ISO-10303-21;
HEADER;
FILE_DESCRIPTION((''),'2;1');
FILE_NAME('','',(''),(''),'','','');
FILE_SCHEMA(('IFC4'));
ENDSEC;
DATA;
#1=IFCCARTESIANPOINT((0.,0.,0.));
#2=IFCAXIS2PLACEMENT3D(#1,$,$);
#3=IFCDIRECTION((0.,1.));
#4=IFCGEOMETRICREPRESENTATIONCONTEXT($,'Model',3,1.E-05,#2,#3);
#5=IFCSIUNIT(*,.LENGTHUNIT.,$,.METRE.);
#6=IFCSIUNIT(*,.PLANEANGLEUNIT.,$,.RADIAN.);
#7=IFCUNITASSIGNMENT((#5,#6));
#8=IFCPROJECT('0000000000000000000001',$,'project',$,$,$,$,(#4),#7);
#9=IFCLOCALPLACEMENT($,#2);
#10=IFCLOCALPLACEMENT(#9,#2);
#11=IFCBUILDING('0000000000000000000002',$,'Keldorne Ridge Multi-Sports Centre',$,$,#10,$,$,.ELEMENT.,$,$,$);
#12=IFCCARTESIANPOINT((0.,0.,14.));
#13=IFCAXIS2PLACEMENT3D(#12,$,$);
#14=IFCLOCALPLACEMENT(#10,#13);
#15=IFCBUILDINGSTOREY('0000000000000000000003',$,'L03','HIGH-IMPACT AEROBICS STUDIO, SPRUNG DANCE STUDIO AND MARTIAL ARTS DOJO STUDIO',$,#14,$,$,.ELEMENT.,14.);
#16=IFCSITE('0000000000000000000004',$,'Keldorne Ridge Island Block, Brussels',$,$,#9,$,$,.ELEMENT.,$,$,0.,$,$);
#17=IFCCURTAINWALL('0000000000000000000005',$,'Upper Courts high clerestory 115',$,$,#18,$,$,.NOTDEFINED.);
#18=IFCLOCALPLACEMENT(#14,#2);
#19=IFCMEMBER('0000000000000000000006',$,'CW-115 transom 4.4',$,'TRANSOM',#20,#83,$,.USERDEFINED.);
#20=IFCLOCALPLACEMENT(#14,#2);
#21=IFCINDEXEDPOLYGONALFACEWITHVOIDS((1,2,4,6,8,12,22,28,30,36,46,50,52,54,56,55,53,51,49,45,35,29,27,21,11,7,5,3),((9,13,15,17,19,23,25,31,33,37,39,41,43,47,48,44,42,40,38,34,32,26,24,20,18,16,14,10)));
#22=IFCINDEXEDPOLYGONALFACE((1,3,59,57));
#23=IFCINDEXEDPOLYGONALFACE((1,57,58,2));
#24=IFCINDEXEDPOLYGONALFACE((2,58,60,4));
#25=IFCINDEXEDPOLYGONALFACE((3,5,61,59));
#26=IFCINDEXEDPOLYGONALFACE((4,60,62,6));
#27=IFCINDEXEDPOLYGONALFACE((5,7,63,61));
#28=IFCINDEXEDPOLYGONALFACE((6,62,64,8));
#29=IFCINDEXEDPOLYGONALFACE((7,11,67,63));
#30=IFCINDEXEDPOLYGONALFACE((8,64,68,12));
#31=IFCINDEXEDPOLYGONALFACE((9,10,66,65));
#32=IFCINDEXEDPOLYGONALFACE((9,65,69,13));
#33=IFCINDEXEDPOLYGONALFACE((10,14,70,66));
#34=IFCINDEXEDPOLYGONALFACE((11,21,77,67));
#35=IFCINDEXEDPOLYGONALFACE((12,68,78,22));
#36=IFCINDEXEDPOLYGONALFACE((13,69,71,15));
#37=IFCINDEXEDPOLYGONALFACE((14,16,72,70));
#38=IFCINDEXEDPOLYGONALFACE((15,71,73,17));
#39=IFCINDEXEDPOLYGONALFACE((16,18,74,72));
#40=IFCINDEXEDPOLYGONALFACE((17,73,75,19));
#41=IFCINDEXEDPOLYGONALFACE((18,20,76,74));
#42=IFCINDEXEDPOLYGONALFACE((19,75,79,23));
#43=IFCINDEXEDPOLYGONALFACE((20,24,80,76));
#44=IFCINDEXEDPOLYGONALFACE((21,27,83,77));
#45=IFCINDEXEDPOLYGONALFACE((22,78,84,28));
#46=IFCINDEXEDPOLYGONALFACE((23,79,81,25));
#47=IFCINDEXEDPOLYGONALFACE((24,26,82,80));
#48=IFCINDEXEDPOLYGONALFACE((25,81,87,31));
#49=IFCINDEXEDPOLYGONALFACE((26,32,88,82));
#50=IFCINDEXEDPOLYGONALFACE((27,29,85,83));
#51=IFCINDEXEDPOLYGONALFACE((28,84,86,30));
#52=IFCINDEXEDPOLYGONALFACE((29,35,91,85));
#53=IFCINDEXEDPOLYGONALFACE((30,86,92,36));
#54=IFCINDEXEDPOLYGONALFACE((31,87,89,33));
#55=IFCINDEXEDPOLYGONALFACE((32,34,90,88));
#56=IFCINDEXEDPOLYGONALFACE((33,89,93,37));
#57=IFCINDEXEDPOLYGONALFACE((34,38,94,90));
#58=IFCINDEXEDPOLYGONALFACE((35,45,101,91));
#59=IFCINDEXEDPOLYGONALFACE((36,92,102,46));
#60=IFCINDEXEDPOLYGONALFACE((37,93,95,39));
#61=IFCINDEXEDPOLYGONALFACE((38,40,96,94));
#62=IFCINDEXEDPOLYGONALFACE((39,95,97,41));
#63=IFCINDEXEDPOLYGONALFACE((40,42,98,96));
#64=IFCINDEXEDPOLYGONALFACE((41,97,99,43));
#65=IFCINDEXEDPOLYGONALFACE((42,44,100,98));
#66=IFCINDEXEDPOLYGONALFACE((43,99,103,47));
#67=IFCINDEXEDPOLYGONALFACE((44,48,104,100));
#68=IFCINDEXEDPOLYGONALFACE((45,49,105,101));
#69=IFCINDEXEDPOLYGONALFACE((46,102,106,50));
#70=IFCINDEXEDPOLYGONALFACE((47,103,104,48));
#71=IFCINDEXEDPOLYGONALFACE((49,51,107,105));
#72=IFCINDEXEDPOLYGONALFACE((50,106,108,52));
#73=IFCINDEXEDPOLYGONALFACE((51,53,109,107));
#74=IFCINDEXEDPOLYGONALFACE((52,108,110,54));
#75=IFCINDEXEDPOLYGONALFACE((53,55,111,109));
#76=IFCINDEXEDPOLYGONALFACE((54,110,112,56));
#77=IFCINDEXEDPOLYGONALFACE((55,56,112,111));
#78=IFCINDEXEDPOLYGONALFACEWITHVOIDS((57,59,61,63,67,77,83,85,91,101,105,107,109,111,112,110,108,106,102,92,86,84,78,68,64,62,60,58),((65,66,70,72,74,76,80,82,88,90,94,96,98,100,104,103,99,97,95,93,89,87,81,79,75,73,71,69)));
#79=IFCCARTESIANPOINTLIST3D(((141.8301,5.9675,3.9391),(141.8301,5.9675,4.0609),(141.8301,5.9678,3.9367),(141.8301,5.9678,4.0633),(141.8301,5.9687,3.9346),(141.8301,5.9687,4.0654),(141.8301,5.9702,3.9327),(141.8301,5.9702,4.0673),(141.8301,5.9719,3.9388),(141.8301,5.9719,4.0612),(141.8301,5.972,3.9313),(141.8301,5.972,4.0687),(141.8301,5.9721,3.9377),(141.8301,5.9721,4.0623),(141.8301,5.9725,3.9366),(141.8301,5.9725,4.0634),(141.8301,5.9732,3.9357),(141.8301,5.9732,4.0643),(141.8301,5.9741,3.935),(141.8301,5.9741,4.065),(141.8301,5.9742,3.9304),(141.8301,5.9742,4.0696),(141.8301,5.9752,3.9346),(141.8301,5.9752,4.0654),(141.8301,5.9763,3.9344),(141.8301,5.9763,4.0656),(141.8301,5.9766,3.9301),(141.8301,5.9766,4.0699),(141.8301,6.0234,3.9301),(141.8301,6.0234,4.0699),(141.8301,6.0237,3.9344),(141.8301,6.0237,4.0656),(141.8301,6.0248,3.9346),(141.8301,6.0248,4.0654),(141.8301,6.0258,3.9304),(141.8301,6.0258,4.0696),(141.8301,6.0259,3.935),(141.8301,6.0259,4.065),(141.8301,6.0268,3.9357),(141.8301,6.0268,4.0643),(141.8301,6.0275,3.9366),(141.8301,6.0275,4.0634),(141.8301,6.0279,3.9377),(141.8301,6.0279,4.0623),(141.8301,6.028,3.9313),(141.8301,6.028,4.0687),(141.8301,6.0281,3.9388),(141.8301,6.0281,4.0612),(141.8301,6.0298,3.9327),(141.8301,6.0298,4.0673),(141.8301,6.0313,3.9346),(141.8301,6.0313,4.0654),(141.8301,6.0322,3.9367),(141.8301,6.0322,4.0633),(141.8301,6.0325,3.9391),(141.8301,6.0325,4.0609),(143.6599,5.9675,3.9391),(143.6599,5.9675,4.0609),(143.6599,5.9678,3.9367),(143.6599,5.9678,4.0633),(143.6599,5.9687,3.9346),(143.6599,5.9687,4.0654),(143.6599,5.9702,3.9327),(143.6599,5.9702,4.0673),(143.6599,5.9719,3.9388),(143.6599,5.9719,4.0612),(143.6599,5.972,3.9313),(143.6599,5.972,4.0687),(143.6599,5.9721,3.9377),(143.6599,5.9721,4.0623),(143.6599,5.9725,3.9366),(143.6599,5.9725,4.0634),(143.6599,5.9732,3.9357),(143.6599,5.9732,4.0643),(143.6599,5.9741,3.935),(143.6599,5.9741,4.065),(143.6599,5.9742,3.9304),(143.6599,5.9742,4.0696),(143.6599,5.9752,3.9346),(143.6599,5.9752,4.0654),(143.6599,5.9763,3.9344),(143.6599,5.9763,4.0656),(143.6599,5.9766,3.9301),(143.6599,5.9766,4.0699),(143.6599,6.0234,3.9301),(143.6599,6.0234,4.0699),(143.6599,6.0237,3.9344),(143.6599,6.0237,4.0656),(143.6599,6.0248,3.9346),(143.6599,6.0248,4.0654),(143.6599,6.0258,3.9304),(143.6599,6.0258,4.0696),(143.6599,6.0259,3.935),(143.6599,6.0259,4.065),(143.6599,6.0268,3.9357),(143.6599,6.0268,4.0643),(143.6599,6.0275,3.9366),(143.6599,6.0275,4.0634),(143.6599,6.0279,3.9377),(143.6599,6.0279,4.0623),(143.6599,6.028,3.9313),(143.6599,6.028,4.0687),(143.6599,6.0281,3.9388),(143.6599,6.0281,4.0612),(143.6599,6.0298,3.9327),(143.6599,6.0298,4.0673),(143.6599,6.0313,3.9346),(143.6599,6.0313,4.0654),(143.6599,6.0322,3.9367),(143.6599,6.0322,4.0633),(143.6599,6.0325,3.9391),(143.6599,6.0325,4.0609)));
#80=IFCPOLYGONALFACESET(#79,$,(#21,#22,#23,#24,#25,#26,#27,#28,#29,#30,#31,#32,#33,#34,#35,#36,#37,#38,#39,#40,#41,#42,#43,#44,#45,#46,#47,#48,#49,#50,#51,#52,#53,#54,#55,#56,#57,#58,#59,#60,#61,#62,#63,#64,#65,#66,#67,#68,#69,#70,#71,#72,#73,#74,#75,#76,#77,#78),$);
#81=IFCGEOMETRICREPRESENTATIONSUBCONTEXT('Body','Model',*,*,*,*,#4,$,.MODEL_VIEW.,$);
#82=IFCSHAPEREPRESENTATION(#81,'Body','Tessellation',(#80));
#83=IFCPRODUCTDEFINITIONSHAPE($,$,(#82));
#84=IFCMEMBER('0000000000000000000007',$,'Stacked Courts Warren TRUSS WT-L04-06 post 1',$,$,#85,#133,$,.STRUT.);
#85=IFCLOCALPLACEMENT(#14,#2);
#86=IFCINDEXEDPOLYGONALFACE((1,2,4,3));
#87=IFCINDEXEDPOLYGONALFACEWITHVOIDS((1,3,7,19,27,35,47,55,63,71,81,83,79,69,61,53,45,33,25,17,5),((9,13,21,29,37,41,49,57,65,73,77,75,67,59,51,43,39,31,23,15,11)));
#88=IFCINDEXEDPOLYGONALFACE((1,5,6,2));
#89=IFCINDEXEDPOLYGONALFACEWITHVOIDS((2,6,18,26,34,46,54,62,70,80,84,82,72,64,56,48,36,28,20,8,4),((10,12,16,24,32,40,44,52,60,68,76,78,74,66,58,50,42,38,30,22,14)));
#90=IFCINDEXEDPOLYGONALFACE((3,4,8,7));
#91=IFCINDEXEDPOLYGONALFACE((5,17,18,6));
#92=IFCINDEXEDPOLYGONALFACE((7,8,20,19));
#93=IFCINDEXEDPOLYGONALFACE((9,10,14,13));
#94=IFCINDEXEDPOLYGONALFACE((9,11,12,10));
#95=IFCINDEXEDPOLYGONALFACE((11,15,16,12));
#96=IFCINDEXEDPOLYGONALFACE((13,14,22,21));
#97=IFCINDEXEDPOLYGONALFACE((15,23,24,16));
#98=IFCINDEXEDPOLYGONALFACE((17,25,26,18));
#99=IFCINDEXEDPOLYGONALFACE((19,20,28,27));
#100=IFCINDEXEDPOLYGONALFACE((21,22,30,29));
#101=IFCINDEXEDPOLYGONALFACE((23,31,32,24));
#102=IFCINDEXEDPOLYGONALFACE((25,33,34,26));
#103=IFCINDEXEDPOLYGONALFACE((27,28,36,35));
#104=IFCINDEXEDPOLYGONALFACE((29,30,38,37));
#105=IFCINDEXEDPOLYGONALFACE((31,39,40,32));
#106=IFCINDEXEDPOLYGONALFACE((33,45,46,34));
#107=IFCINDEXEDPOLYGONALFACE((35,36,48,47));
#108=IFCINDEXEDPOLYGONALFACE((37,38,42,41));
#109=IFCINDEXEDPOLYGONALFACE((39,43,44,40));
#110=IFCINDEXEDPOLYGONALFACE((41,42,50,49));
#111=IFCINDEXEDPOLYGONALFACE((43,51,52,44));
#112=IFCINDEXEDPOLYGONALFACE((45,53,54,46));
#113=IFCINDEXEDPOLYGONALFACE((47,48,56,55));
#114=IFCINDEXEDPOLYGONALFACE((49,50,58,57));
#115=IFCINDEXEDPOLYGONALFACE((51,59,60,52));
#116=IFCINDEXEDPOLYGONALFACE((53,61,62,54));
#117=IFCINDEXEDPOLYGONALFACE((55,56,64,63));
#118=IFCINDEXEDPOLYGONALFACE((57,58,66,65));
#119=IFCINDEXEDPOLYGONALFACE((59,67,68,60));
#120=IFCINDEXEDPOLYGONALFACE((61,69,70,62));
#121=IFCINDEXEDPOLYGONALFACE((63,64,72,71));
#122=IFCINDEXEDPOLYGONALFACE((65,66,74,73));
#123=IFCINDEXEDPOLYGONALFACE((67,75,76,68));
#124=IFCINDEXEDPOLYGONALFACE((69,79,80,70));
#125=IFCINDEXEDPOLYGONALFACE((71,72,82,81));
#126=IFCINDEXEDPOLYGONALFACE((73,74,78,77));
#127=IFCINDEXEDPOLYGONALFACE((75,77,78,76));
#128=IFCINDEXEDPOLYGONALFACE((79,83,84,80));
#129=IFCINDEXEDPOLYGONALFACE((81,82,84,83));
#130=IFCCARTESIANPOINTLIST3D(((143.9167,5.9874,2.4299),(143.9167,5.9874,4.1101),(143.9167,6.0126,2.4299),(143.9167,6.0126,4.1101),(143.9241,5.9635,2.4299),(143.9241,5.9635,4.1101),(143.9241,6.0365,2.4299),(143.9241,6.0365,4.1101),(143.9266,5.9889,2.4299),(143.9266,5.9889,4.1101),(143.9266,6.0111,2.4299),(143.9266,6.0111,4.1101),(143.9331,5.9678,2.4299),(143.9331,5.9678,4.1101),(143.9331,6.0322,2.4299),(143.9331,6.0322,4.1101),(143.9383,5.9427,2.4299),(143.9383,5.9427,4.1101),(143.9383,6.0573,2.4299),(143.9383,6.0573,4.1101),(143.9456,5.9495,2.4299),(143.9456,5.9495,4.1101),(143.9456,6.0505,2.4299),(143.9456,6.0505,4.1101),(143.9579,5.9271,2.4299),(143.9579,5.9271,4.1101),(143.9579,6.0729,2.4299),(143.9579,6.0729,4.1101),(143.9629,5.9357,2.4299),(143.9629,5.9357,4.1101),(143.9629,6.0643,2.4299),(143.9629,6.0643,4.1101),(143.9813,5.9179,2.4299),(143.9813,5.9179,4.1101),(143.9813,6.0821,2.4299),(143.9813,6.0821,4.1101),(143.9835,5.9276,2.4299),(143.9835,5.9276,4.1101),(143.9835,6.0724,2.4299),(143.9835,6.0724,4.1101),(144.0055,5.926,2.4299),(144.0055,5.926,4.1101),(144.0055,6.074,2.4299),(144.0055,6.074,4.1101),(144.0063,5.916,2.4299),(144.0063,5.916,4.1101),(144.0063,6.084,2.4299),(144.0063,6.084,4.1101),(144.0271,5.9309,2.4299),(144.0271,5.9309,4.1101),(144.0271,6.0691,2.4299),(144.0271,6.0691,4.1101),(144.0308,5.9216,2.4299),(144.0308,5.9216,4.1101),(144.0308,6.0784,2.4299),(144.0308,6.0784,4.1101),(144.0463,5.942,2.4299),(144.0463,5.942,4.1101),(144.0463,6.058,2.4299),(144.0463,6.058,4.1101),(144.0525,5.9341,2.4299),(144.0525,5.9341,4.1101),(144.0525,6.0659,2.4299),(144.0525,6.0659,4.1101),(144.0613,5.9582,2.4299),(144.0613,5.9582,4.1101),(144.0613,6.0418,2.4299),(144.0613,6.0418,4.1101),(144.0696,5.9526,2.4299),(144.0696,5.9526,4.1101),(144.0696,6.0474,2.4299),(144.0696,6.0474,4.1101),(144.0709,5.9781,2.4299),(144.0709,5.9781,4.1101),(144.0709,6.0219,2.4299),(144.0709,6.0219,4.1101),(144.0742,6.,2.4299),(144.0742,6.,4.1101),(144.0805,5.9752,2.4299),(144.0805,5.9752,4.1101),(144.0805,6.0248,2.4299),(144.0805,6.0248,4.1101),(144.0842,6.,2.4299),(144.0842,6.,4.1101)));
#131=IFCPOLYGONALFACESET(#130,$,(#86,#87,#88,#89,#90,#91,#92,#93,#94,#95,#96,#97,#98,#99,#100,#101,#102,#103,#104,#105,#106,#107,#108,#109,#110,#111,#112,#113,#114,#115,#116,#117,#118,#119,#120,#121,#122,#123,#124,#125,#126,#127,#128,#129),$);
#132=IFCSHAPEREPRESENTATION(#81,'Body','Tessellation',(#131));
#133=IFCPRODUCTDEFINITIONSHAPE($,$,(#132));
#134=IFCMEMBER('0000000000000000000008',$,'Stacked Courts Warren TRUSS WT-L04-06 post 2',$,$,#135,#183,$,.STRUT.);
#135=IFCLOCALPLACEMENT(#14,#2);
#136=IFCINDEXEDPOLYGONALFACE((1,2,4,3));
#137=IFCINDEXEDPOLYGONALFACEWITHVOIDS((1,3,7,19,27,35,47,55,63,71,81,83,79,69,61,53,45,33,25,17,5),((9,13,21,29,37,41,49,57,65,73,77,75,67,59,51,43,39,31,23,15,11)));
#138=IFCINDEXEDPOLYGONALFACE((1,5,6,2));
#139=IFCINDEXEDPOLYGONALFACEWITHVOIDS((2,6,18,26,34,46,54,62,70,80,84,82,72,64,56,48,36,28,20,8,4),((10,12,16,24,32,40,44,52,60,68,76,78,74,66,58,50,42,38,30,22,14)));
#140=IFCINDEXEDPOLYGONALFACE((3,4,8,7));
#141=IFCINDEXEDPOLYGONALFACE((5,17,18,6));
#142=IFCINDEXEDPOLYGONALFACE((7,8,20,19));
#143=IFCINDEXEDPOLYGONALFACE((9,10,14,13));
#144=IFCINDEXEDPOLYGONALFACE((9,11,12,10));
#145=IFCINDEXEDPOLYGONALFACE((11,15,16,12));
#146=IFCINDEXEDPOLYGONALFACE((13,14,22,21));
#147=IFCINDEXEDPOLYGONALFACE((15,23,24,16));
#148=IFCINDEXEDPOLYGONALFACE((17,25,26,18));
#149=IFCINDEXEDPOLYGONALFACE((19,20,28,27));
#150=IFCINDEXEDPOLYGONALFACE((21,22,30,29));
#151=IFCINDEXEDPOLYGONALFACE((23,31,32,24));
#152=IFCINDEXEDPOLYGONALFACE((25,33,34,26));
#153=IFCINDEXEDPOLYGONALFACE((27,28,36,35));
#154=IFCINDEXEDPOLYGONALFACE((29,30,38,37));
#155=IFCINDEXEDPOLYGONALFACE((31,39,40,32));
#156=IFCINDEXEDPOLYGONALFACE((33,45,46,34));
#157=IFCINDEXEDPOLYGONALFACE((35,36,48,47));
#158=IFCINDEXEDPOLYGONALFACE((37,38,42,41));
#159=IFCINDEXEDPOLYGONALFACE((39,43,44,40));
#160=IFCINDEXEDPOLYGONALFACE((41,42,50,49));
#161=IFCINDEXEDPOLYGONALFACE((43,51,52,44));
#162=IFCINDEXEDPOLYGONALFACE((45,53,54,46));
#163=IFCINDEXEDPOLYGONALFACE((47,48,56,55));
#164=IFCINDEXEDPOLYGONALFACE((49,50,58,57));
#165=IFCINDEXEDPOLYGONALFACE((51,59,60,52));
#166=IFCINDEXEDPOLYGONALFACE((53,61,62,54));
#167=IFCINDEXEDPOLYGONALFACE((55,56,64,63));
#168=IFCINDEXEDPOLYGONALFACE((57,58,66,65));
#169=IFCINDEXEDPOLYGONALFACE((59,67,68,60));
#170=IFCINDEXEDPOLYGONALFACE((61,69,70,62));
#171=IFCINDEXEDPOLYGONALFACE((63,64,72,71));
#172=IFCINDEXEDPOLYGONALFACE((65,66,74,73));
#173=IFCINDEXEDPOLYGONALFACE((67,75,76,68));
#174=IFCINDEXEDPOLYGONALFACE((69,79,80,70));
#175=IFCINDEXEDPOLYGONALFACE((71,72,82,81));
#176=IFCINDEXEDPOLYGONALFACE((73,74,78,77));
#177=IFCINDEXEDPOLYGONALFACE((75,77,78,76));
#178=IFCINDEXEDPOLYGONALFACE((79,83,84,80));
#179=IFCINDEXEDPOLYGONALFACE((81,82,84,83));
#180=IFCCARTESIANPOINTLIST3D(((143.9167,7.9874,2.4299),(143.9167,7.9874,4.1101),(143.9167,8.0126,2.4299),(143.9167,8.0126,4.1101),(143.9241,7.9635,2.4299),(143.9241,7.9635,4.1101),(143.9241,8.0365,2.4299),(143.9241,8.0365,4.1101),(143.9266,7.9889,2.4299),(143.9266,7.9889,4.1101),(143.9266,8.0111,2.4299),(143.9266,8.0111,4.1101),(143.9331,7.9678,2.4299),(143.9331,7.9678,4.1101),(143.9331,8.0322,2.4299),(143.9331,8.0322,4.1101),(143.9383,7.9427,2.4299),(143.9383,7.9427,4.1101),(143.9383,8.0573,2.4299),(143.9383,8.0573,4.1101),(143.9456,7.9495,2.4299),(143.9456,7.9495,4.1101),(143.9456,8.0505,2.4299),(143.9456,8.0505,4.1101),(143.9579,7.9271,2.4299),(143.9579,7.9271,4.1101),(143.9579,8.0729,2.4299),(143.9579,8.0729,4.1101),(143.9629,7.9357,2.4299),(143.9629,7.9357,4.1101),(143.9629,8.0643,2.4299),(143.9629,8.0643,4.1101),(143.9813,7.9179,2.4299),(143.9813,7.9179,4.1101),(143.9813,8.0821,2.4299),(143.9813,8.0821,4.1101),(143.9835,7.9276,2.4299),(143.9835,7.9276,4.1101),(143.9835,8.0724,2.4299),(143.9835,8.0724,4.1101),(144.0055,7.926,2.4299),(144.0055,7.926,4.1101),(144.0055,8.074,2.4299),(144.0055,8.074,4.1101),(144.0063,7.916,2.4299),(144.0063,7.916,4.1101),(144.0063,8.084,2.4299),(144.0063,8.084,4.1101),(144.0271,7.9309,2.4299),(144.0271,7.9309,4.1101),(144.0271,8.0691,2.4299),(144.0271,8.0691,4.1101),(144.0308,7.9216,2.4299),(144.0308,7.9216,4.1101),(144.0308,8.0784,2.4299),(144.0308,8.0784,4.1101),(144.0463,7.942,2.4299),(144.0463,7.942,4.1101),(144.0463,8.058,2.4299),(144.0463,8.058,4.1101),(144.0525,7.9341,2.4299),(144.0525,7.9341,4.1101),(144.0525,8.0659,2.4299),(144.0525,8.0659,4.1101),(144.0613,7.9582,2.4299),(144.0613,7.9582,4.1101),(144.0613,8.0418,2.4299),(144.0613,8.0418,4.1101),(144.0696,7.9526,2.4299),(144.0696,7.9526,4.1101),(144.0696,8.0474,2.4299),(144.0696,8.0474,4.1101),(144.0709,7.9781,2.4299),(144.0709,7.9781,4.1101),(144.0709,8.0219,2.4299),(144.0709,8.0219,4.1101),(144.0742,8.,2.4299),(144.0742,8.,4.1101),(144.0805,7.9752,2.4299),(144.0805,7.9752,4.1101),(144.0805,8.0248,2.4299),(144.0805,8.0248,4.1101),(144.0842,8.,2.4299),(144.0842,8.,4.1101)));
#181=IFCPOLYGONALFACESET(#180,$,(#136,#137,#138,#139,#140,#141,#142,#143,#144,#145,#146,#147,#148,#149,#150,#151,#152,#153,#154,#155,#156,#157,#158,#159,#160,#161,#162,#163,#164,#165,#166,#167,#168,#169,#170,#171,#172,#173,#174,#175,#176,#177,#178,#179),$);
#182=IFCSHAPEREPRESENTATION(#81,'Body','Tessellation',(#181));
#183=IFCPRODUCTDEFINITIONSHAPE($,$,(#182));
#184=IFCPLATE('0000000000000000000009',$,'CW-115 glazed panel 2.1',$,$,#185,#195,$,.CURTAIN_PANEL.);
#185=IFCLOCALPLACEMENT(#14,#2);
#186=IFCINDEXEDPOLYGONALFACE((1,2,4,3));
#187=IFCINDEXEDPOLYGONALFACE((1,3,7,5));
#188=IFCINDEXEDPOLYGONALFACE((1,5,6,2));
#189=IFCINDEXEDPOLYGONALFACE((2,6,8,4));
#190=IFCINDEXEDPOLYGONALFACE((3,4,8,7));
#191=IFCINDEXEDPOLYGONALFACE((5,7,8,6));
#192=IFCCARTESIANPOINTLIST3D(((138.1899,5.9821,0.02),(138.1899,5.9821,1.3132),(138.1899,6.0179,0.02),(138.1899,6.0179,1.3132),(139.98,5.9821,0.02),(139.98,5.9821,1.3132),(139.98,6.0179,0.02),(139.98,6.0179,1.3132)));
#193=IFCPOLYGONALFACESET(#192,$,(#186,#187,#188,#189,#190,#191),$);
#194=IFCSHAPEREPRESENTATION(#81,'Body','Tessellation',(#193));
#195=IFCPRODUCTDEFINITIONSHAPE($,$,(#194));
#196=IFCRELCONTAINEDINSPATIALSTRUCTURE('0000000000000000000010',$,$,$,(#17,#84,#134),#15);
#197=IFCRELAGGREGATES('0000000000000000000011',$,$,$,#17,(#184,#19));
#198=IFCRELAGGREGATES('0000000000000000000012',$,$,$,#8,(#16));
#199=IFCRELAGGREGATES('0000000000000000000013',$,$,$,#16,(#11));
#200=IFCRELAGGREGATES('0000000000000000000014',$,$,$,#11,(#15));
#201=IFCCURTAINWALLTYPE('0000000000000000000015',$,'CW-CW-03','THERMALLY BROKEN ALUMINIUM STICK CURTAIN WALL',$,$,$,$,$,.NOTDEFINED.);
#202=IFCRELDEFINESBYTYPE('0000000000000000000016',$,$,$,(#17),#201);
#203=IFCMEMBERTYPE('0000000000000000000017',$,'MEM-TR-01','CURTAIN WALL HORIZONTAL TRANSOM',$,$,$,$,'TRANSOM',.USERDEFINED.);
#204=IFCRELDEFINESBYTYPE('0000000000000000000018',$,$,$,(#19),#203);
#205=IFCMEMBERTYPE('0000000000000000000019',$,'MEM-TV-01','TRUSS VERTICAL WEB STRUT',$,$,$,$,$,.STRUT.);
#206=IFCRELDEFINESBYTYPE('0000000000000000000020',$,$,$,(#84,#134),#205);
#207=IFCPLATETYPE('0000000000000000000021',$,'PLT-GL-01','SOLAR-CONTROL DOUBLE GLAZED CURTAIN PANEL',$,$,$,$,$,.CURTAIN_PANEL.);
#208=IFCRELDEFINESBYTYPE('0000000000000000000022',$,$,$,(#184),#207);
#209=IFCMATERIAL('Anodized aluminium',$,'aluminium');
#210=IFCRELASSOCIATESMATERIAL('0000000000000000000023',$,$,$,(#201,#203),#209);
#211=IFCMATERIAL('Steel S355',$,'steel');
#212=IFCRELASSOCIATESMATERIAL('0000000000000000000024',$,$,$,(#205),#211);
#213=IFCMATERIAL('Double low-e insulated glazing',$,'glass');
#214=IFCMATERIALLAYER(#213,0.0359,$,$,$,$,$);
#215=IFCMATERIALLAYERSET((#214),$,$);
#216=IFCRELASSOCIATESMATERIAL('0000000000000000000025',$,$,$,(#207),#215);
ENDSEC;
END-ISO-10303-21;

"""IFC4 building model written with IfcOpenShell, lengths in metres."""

from ifc_helpers import new_model, si_unit, direction, frame, origin, origin_2d, place, context, subcontext, project, spatial, rectangle, hollow_rectangle, hollow_circle, extrude, material, layer, layer_set, material_profile, profile_set, type_object, element, aggregate, save


model = new_model("IFC4")

# Units and contexts
model_context = context("Model", 3, precision=1e-05, world=origin(), true_north=direction((0.0, 1.0)))
body_context = subcontext(model_context, "Body", "Model", "MODEL_VIEW")
ifc_project = project(units=[si_unit("LENGTHUNIT", "METRE"), si_unit("PLANEANGLEUNIT", "RADIAN")], contexts=[model_context])

# Site, building, storey
site_placement = place(None, origin())
site = spatial("IfcSite", under=ifc_project, at=site_placement, Name="Keldorne Ridge Island Block, Brussels", CompositionType="ELEMENT", RefElevation=0.0)
building_placement = place(site_placement, origin())
building = spatial("IfcBuilding", under=site, at=building_placement, Name="Keldorne Ridge Multi-Sports Centre", CompositionType="ELEMENT")
storey_placement = place(building_placement, frame((0.0, 0.0, 14.0)))
storey = spatial("IfcBuildingStorey", under=building, at=storey_placement, Name="L03", Description="HIGH-IMPACT AEROBICS STUDIO, SPRUNG DANCE STUDIO AND MARTIAL ARTS DOJO STUDIO", CompositionType="ELEMENT", Elevation=14.0)

# Shared definitions
ifc_material_1 = material(Name="Steel S355", Category="steel")

# Curtain wall
ifc_material_2 = material(Name="Anodized aluminium", Category="aluminium")
curtain_wall_type = type_object("IfcCurtainWallType", Name="CW-CW-03", Description="THERMALLY BROKEN ALUMINIUM STICK CURTAIN WALL", PredefinedType="NOTDEFINED", material=ifc_material_2)
curtain_wall_placement = place(storey_placement, origin())
curtain_wall = element("IfcCurtainWall", 1, at=curtain_wall_placement, inside=storey, type_object=curtain_wall_type, Name="Upper Courts high clerestory 115", PredefinedType="NOTDEFINED")

# Member
ifc_material_profile_1 = material_profile(ifc_material_2, hollow_rectangle(XDim=0.0649, YDim=0.1399, WallThickness=0.0044, InnerFilletRadius=0.0044, OuterFilletRadius=0.009, at=origin_2d()), Name="ALU TRANSOM 140x65x4.5")
ifc_profile_set_1 = profile_set([ifc_material_profile_1], Name="Anodized aluminium")
member_type_1 = type_object("IfcMemberType", Name="MEM-TR-01", Description="CURTAIN WALL HORIZONTAL TRANSOM", ElementType="TRANSOM", PredefinedType="USERDEFINED", material=ifc_profile_set_1)
member_1_placement = place(storey_placement, frame((141.8301, 6.0, 4.0), z_axis=(1.0, 0.0, 0.0), x_axis=(0.0, 1.0, 0.0)))
member_1 = element("IfcMember", 2, at=member_1_placement, type_object=member_type_1, Name="CW-115 transom 4.4", ObjectType="TRANSOM", PredefinedType="USERDEFINED", context=body_context, shape_type="SweptSolid", body=[
    extrude(hollow_rectangle(XDim=0.0649, YDim=0.1399, WallThickness=0.0044, InnerFilletRadius=0.0044, OuterFilletRadius=0.009, at=origin_2d()), origin(), (0.0, 0.0, 1.0), 1.8298),
])

# Members
ifc_material_profile_2 = material_profile(ifc_material_1, hollow_circle(Radius=0.0842, WallThickness=0.01, at=origin_2d()), Name="CHS 168.3x10")
ifc_profile_set_2 = profile_set([ifc_material_profile_2], Name="Steel S355")
member_type_2 = type_object("IfcMemberType", Name="MEM-TV-01", Description="TRUSS VERTICAL WEB STRUT", PredefinedType="STRUT", material=ifc_profile_set_2)
for number, where, z_axis, x_axis, name in (
    (3, (144.0, 6.0, 2.4299), (0.0, 0.0, 1.0), (1.0, 0.0, 0.0), "Stacked Courts Warren TRUSS WT-L04-06 post 1"),
    (4, (144.0, 8.0, 2.4299), (0.0, 0.0, 1.0), (1.0, 0.0, 0.0), "Stacked Courts Warren TRUSS WT-L04-06 post 2"),
):
    element("IfcMember", number, at=place(storey_placement, frame(where, z_axis=z_axis, x_axis=x_axis)), inside=storey, type_object=member_type_2, Name=name, PredefinedType="STRUT", context=body_context, shape_type="SweptSolid", body=[
        extrude(hollow_circle(Radius=0.0842, WallThickness=0.01, at=origin_2d()), origin(), (0.0, 0.0, 1.0), 1.6802),
    ])

# Plate
ifc_material_3 = material(Name="Double low-e insulated glazing", Category="glass")
ifc_layer = layer(ifc_material_3, 0.0359)
ifc_layer_set = layer_set([ifc_layer])
plate_type = type_object("IfcPlateType", Name="PLT-GL-01", Description="SOLAR-CONTROL DOUBLE GLAZED CURTAIN PANEL", PredefinedType="CURTAIN_PANEL", material=ifc_layer_set)
plate_1_placement = place(storey_placement, frame((139.085, 6.0, 0.02), z_axis=(0.0, 0.0, 1.0), x_axis=(1.0, 0.0, 0.0)))
plate_1 = element("IfcPlate", 5, at=plate_1_placement, type_object=plate_type, Name="CW-115 glazed panel 2.1", PredefinedType="CURTAIN_PANEL", context=body_context, shape_type="SweptSolid", body=[
    extrude(rectangle(XDim=1.79, YDim=0.0359, at=origin_2d()), origin(), (0.0, 0.0, 1.0), 1.2932),
])
aggregate(curtain_wall, [plate_1, member_1])

save(model, "model.ifc")
